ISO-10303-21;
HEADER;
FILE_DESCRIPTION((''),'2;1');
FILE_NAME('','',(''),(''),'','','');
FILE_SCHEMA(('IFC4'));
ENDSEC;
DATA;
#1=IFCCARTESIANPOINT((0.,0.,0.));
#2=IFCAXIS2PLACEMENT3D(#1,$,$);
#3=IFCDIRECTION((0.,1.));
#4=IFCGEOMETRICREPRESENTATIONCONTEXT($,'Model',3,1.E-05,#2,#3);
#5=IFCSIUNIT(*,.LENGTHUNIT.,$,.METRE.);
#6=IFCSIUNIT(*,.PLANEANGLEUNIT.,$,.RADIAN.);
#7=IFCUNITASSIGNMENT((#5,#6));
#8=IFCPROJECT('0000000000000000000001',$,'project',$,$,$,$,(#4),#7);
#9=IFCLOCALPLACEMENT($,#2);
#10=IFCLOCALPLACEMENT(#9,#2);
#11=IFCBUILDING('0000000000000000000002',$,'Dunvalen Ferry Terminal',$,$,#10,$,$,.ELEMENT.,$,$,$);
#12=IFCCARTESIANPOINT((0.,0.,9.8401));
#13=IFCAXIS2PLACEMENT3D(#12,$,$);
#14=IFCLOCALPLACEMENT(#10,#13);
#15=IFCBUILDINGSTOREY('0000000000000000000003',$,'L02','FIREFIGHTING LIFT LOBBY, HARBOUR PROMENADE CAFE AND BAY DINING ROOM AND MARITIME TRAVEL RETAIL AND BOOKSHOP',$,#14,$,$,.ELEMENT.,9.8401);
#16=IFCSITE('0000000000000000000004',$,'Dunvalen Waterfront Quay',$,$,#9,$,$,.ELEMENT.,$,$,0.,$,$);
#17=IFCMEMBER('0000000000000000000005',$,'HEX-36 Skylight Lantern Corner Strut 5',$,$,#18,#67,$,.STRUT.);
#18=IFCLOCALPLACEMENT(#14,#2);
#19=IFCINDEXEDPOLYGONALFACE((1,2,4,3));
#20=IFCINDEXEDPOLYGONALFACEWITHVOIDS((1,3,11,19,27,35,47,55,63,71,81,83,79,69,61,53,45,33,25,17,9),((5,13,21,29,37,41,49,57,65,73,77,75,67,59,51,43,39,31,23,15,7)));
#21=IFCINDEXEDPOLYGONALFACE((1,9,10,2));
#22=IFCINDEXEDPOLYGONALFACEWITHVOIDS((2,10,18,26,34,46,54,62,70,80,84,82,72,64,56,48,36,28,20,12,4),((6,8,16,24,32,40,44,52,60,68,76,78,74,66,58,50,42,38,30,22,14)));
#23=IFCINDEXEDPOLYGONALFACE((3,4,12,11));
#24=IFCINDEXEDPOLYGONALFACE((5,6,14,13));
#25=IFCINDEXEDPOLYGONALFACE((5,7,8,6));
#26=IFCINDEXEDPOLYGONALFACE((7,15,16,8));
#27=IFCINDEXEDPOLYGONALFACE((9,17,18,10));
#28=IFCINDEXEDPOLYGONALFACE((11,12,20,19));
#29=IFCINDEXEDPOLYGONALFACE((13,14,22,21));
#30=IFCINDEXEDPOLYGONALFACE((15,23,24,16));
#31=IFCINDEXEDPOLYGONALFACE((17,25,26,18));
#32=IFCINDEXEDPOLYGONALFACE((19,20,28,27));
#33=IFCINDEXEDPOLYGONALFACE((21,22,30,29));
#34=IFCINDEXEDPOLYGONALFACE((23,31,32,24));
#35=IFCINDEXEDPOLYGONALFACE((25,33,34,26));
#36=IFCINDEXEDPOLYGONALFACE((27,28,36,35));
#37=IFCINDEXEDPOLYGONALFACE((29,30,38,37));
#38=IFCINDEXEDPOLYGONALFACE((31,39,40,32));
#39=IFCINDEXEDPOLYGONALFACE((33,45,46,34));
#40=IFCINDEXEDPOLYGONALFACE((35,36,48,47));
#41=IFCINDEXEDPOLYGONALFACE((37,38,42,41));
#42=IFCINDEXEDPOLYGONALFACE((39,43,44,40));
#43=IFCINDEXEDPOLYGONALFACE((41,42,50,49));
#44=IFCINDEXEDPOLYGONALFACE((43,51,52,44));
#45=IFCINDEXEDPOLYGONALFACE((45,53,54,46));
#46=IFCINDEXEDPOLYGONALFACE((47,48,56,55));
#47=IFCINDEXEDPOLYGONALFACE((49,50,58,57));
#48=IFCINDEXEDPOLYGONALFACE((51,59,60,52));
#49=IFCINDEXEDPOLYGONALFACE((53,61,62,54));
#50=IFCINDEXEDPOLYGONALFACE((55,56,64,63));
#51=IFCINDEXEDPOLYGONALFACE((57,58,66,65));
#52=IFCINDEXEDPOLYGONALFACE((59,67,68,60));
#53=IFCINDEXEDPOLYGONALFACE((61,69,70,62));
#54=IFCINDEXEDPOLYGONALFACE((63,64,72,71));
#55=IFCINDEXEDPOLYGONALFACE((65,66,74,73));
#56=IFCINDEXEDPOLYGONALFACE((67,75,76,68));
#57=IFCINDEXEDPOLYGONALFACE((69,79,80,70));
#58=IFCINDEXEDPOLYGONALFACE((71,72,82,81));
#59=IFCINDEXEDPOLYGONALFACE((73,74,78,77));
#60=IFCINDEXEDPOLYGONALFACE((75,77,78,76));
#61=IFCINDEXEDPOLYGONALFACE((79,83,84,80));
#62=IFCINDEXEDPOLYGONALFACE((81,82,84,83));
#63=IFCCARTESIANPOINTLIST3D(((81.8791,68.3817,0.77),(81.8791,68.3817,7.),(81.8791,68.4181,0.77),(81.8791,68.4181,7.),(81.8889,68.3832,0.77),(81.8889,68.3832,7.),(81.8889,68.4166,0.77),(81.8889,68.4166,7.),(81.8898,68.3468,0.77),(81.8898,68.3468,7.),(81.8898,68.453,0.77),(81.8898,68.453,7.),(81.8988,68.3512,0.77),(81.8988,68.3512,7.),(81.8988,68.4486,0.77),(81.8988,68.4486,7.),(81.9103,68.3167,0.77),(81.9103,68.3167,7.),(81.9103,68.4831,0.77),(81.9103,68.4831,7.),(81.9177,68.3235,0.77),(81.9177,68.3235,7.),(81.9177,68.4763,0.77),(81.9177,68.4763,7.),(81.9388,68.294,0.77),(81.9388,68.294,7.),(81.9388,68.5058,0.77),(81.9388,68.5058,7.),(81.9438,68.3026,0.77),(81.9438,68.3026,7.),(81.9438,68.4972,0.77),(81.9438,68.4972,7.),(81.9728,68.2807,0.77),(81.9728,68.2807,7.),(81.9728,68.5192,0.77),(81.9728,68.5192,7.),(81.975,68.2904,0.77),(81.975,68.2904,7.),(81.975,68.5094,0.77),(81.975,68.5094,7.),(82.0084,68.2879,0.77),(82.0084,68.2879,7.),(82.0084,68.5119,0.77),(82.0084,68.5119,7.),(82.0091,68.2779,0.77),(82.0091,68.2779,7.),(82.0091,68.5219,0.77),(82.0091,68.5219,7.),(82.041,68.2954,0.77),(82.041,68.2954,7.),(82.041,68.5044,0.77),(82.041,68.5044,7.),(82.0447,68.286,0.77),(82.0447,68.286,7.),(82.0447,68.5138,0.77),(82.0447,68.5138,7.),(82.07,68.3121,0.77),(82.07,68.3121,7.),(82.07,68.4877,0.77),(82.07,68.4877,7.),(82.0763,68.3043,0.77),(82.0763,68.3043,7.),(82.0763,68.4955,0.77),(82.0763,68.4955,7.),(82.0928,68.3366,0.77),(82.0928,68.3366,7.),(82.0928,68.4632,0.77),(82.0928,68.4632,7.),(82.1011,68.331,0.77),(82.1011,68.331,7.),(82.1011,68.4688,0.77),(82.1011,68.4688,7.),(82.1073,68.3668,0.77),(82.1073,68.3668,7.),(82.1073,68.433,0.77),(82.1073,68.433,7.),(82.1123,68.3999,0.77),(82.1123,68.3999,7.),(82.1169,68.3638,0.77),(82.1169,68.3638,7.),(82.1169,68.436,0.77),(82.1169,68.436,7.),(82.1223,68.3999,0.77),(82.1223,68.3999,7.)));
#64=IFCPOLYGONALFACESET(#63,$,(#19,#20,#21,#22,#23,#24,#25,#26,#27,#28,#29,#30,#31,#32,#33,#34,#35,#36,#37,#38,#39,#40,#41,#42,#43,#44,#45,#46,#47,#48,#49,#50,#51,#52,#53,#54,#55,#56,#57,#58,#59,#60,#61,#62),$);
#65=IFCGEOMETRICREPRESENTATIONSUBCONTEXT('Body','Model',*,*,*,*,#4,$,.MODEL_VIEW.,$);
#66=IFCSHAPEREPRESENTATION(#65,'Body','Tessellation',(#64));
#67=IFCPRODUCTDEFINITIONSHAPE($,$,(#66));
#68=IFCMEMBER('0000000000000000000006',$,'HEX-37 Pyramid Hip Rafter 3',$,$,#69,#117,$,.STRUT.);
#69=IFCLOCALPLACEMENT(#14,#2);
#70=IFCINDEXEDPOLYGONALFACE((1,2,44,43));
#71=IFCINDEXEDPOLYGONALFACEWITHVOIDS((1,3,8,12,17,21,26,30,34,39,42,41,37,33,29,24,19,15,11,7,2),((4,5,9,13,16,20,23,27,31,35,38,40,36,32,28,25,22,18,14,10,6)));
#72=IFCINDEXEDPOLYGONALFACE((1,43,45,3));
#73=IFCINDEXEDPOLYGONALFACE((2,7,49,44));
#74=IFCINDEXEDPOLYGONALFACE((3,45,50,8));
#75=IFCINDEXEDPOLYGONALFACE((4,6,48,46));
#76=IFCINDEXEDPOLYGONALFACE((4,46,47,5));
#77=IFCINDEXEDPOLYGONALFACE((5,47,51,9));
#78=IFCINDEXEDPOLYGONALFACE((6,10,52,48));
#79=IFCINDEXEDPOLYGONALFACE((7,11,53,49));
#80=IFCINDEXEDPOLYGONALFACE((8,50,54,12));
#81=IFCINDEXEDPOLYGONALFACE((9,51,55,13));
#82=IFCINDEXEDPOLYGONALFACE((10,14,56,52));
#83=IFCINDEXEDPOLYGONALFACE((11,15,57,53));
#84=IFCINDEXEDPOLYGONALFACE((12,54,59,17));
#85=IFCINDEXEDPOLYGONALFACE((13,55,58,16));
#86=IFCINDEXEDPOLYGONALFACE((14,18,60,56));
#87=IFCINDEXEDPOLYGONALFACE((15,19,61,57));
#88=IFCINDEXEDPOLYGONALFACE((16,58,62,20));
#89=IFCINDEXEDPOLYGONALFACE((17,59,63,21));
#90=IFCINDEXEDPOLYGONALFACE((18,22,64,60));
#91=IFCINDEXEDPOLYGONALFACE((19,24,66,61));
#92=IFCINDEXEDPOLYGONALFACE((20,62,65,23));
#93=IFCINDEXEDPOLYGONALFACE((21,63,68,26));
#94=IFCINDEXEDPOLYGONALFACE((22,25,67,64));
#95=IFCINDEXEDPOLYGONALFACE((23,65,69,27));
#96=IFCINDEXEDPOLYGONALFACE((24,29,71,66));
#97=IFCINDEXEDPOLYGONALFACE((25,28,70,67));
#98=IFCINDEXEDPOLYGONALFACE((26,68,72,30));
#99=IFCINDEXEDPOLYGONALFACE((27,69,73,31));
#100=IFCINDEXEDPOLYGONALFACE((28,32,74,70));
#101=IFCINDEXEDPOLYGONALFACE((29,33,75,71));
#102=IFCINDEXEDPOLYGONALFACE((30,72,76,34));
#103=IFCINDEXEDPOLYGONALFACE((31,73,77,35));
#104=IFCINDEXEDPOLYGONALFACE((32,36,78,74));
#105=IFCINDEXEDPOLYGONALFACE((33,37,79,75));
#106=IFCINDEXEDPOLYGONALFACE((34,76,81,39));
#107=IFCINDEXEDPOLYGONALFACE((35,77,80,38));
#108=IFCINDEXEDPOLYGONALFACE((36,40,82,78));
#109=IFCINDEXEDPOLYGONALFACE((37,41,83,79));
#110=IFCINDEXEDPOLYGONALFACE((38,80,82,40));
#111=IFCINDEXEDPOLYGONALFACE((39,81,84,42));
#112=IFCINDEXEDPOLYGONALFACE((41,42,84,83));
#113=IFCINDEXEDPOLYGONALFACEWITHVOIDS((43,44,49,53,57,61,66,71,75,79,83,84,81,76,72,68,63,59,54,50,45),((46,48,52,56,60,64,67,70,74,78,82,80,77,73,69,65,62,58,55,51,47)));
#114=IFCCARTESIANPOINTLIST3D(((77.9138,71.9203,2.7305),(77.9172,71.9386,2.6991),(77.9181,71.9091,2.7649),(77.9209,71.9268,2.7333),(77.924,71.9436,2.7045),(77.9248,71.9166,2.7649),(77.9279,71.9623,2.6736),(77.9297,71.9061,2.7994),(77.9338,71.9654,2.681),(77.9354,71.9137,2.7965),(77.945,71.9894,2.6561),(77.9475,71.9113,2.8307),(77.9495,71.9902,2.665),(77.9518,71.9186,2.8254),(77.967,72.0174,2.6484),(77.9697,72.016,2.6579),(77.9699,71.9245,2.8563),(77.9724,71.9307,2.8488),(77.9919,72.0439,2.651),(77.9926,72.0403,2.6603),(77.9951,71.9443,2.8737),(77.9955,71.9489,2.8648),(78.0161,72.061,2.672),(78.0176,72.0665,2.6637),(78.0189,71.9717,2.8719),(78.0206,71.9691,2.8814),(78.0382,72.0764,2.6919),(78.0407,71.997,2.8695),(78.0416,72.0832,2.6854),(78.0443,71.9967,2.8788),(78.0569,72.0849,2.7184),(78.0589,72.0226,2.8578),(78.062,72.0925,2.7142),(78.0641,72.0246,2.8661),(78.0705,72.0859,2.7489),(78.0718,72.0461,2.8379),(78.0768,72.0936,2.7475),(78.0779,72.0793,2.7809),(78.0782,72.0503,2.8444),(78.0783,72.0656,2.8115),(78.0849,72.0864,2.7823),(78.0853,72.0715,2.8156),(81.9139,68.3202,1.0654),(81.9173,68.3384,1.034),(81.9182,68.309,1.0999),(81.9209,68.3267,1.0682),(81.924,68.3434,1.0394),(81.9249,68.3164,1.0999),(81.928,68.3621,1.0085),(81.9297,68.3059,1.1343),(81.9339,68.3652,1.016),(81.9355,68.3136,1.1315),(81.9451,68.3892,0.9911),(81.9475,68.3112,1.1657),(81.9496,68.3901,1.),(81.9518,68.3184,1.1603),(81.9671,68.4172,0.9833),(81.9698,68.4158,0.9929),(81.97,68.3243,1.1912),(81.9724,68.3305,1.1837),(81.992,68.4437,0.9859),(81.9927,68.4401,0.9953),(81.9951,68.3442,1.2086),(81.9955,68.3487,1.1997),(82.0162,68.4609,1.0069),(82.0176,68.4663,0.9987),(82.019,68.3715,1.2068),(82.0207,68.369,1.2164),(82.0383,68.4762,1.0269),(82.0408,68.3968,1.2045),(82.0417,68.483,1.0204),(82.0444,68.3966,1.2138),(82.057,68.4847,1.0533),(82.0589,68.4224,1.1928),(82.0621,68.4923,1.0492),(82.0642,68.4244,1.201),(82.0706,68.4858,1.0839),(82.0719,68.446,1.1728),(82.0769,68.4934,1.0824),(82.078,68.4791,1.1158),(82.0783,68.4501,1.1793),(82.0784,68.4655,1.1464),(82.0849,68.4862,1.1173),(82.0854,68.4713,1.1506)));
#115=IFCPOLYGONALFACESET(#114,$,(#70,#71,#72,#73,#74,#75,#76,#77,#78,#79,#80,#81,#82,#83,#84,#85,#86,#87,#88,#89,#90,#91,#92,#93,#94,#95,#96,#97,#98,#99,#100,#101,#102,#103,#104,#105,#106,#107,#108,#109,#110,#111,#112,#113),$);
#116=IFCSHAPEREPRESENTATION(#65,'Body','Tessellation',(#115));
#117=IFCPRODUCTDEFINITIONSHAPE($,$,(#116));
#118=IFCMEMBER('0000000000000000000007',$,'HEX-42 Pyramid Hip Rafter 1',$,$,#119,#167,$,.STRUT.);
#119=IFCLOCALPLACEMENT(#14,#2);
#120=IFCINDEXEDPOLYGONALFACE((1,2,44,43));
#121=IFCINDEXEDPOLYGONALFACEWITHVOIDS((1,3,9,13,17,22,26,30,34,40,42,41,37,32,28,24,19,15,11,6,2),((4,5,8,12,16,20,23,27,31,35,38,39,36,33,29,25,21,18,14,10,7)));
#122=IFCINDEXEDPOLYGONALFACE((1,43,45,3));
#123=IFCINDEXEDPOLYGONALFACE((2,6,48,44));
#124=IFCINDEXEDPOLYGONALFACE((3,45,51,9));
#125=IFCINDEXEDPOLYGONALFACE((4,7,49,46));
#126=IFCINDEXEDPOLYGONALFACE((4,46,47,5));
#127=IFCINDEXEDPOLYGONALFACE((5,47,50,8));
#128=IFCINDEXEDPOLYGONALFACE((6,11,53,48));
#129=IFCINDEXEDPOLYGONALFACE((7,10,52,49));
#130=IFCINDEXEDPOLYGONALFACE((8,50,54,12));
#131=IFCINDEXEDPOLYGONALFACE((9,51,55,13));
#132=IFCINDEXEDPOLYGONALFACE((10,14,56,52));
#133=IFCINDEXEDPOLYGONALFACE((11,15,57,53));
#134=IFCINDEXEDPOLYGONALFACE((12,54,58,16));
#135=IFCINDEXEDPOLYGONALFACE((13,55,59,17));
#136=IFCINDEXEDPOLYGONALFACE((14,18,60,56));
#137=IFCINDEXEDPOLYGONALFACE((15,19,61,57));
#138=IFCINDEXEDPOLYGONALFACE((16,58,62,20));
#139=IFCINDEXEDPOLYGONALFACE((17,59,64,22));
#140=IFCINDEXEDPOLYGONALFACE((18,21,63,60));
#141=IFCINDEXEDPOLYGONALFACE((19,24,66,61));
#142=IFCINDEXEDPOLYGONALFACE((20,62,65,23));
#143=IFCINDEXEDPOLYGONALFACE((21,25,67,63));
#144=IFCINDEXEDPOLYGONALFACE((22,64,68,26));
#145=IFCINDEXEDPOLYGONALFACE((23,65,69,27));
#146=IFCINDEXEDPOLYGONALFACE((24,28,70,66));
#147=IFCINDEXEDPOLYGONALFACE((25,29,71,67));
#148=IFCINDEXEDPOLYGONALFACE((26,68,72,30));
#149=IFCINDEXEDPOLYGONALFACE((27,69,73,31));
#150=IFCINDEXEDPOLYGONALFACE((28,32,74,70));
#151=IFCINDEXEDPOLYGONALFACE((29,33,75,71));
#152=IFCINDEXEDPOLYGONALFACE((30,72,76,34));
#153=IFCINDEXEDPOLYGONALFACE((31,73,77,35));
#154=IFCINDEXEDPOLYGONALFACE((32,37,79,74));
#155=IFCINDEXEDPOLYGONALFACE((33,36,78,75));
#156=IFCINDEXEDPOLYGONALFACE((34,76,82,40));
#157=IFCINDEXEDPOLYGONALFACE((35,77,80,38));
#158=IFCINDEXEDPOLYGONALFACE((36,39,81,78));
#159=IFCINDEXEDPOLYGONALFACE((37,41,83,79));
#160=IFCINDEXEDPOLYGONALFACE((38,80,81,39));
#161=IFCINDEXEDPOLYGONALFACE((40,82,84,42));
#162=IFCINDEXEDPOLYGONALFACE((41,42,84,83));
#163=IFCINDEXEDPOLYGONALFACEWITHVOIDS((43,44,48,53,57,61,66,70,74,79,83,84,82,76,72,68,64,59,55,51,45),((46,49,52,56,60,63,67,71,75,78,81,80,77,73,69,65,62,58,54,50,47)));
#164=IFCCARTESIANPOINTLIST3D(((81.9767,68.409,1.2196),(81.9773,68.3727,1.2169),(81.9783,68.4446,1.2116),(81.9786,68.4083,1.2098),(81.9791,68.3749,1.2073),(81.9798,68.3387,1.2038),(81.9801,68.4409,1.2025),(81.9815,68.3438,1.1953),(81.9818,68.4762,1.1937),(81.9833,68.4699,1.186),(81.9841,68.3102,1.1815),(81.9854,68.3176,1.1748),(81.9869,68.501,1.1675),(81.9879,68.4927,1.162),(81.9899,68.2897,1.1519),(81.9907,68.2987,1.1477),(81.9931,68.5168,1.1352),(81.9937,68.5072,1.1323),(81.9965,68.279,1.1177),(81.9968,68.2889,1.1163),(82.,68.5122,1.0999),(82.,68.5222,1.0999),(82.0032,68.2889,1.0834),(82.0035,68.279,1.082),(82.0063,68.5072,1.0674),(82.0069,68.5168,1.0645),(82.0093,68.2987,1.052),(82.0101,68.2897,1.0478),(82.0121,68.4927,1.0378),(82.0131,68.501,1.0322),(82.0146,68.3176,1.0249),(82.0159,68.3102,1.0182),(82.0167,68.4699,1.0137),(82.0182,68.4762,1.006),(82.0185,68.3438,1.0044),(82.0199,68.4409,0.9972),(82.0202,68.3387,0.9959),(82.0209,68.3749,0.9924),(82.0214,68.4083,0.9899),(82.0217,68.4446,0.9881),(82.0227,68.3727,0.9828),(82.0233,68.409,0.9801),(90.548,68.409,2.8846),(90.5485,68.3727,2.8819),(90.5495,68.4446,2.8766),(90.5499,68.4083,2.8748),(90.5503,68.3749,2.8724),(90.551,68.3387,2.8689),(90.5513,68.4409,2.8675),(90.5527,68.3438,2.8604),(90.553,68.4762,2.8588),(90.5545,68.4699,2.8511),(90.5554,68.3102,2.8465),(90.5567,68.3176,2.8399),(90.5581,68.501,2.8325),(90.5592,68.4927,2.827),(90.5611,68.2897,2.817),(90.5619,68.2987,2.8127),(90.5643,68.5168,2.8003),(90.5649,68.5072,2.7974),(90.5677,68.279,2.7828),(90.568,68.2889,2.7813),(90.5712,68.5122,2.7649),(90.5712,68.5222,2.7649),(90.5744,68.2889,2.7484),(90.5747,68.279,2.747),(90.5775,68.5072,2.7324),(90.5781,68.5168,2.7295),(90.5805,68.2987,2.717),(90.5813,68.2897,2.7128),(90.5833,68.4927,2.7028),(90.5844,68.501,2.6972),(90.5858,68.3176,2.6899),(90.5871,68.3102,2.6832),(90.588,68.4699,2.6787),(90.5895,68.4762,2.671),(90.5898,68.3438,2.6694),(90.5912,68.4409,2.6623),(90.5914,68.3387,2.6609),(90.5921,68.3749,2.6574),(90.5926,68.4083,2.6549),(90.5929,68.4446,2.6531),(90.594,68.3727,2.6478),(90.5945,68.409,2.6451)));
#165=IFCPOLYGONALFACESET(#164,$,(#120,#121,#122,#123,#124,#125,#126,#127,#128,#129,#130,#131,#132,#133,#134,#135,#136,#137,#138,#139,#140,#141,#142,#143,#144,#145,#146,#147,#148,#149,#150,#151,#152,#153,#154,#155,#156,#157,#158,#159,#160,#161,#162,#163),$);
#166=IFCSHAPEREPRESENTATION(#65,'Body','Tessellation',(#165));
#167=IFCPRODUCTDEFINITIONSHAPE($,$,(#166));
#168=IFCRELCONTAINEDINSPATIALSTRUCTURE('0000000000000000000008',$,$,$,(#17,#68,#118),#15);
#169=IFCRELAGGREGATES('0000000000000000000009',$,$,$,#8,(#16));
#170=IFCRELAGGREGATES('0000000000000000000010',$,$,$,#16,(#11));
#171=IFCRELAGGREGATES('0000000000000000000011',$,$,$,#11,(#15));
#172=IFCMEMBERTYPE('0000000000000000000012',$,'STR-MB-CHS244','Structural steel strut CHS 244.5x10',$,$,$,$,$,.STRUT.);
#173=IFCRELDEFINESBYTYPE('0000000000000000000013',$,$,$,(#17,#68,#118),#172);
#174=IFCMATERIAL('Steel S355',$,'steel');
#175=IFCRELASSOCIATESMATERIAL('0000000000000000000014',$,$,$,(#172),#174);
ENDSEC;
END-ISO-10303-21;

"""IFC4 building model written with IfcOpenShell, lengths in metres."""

from ifc_helpers import new_model, si_unit, direction, frame, origin, origin_2d, place, context, subcontext, project, spatial, hollow_circle, extrude, material, material_profile, profile_set, type_object, element, save


model = new_model("IFC4")

# Units and contexts
model_context = context("Model", 3, precision=1e-05, world=origin(), true_north=direction((0.0, 1.0)))
body_context = subcontext(model_context, "Body", "Model", "MODEL_VIEW")
ifc_project = project(units=[si_unit("LENGTHUNIT", "METRE"), si_unit("PLANEANGLEUNIT", "RADIAN")], contexts=[model_context])

# Site, building, storey
site_placement = place(None, origin())
site = spatial("IfcSite", under=ifc_project, at=site_placement, Name="Dunvalen Waterfront Quay", CompositionType="ELEMENT", RefElevation=0.0)
building_placement = place(site_placement, origin())
building = spatial("IfcBuilding", under=site, at=building_placement, Name="Dunvalen Ferry Terminal", CompositionType="ELEMENT")
storey_placement = place(building_placement, frame((0.0, 0.0, 9.8401)))
storey = spatial("IfcBuildingStorey", under=building, at=storey_placement, Name="L02", Description="FIREFIGHTING LIFT LOBBY, HARBOUR PROMENADE CAFE AND BAY DINING ROOM AND MARITIME TRAVEL RETAIL AND BOOKSHOP", CompositionType="ELEMENT", Elevation=9.8401)

# Shared definitions
ifc_material_1 = material(Name="Steel S355", Category="steel")

# Members
ifc_material_profile_1 = material_profile(ifc_material_1, hollow_circle(Radius=0.1223, WallThickness=0.01, at=origin_2d()), Name="Steel S355")
ifc_profile_set_1 = profile_set([ifc_material_profile_1], Name="Steel S355")
member_type_1 = type_object("IfcMemberType", Name="STR-MB-CHS244", Description="Structural steel strut CHS 244.5x10", PredefinedType="STRUT", material=ifc_profile_set_1)
member_1_placement = place(storey_placement, frame((82.0, 68.3999, 0.77), z_axis=(0.0, 0.0, 1.0), x_axis=(1.0, 0.0, 0.0)))
element("IfcMember", 1, at=member_1_placement, inside=storey, type_object=member_type_1, Name="HEX-36 Skylight Lantern Corner Strut 5", PredefinedType="STRUT", context=body_context, shape_type="SweptSolid", body=[
    extrude(hollow_circle(Radius=0.1223, WallThickness=0.01, at=origin_2d()), origin(), (0.0, 0.0, 1.0), 6.23),
])
member_2_placement = place(storey_placement, frame((82.0, 68.3999, 1.0999), z_axis=(-0.710075, 0.639085, 0.295576), x_axis=(-0.668975, -0.743285, 0.0)))
element("IfcMember", 2, at=member_2_placement, inside=storey, type_object=member_type_1, Name="HEX-37 Pyramid Hip Rafter 3", PredefinedType="STRUT", context=body_context, shape_type="SweptSolid", body=[
    extrude(hollow_circle(Radius=0.1223, WallThickness=0.01, at=origin_2d()), origin(), (0.0, 0.0, 1.0), 5.6333),
])
member_3_placement = place(storey_placement, frame((82.0, 68.3999, 1.0999), z_axis=(0.98165, 0.0, 0.190693), x_axis=(0.0, 1.0, 0.0)))
element("IfcMember", 3, at=member_3_placement, inside=storey, type_object=member_type_1, Name="HEX-42 Pyramid Hip Rafter 1", PredefinedType="STRUT", context=body_context, shape_type="SweptSolid", body=[
    extrude(hollow_circle(Radius=0.1223, WallThickness=0.01, at=origin_2d()), origin(), (0.0, 0.0, 1.0), 8.7314),
])

save(model, "model.ifc")
